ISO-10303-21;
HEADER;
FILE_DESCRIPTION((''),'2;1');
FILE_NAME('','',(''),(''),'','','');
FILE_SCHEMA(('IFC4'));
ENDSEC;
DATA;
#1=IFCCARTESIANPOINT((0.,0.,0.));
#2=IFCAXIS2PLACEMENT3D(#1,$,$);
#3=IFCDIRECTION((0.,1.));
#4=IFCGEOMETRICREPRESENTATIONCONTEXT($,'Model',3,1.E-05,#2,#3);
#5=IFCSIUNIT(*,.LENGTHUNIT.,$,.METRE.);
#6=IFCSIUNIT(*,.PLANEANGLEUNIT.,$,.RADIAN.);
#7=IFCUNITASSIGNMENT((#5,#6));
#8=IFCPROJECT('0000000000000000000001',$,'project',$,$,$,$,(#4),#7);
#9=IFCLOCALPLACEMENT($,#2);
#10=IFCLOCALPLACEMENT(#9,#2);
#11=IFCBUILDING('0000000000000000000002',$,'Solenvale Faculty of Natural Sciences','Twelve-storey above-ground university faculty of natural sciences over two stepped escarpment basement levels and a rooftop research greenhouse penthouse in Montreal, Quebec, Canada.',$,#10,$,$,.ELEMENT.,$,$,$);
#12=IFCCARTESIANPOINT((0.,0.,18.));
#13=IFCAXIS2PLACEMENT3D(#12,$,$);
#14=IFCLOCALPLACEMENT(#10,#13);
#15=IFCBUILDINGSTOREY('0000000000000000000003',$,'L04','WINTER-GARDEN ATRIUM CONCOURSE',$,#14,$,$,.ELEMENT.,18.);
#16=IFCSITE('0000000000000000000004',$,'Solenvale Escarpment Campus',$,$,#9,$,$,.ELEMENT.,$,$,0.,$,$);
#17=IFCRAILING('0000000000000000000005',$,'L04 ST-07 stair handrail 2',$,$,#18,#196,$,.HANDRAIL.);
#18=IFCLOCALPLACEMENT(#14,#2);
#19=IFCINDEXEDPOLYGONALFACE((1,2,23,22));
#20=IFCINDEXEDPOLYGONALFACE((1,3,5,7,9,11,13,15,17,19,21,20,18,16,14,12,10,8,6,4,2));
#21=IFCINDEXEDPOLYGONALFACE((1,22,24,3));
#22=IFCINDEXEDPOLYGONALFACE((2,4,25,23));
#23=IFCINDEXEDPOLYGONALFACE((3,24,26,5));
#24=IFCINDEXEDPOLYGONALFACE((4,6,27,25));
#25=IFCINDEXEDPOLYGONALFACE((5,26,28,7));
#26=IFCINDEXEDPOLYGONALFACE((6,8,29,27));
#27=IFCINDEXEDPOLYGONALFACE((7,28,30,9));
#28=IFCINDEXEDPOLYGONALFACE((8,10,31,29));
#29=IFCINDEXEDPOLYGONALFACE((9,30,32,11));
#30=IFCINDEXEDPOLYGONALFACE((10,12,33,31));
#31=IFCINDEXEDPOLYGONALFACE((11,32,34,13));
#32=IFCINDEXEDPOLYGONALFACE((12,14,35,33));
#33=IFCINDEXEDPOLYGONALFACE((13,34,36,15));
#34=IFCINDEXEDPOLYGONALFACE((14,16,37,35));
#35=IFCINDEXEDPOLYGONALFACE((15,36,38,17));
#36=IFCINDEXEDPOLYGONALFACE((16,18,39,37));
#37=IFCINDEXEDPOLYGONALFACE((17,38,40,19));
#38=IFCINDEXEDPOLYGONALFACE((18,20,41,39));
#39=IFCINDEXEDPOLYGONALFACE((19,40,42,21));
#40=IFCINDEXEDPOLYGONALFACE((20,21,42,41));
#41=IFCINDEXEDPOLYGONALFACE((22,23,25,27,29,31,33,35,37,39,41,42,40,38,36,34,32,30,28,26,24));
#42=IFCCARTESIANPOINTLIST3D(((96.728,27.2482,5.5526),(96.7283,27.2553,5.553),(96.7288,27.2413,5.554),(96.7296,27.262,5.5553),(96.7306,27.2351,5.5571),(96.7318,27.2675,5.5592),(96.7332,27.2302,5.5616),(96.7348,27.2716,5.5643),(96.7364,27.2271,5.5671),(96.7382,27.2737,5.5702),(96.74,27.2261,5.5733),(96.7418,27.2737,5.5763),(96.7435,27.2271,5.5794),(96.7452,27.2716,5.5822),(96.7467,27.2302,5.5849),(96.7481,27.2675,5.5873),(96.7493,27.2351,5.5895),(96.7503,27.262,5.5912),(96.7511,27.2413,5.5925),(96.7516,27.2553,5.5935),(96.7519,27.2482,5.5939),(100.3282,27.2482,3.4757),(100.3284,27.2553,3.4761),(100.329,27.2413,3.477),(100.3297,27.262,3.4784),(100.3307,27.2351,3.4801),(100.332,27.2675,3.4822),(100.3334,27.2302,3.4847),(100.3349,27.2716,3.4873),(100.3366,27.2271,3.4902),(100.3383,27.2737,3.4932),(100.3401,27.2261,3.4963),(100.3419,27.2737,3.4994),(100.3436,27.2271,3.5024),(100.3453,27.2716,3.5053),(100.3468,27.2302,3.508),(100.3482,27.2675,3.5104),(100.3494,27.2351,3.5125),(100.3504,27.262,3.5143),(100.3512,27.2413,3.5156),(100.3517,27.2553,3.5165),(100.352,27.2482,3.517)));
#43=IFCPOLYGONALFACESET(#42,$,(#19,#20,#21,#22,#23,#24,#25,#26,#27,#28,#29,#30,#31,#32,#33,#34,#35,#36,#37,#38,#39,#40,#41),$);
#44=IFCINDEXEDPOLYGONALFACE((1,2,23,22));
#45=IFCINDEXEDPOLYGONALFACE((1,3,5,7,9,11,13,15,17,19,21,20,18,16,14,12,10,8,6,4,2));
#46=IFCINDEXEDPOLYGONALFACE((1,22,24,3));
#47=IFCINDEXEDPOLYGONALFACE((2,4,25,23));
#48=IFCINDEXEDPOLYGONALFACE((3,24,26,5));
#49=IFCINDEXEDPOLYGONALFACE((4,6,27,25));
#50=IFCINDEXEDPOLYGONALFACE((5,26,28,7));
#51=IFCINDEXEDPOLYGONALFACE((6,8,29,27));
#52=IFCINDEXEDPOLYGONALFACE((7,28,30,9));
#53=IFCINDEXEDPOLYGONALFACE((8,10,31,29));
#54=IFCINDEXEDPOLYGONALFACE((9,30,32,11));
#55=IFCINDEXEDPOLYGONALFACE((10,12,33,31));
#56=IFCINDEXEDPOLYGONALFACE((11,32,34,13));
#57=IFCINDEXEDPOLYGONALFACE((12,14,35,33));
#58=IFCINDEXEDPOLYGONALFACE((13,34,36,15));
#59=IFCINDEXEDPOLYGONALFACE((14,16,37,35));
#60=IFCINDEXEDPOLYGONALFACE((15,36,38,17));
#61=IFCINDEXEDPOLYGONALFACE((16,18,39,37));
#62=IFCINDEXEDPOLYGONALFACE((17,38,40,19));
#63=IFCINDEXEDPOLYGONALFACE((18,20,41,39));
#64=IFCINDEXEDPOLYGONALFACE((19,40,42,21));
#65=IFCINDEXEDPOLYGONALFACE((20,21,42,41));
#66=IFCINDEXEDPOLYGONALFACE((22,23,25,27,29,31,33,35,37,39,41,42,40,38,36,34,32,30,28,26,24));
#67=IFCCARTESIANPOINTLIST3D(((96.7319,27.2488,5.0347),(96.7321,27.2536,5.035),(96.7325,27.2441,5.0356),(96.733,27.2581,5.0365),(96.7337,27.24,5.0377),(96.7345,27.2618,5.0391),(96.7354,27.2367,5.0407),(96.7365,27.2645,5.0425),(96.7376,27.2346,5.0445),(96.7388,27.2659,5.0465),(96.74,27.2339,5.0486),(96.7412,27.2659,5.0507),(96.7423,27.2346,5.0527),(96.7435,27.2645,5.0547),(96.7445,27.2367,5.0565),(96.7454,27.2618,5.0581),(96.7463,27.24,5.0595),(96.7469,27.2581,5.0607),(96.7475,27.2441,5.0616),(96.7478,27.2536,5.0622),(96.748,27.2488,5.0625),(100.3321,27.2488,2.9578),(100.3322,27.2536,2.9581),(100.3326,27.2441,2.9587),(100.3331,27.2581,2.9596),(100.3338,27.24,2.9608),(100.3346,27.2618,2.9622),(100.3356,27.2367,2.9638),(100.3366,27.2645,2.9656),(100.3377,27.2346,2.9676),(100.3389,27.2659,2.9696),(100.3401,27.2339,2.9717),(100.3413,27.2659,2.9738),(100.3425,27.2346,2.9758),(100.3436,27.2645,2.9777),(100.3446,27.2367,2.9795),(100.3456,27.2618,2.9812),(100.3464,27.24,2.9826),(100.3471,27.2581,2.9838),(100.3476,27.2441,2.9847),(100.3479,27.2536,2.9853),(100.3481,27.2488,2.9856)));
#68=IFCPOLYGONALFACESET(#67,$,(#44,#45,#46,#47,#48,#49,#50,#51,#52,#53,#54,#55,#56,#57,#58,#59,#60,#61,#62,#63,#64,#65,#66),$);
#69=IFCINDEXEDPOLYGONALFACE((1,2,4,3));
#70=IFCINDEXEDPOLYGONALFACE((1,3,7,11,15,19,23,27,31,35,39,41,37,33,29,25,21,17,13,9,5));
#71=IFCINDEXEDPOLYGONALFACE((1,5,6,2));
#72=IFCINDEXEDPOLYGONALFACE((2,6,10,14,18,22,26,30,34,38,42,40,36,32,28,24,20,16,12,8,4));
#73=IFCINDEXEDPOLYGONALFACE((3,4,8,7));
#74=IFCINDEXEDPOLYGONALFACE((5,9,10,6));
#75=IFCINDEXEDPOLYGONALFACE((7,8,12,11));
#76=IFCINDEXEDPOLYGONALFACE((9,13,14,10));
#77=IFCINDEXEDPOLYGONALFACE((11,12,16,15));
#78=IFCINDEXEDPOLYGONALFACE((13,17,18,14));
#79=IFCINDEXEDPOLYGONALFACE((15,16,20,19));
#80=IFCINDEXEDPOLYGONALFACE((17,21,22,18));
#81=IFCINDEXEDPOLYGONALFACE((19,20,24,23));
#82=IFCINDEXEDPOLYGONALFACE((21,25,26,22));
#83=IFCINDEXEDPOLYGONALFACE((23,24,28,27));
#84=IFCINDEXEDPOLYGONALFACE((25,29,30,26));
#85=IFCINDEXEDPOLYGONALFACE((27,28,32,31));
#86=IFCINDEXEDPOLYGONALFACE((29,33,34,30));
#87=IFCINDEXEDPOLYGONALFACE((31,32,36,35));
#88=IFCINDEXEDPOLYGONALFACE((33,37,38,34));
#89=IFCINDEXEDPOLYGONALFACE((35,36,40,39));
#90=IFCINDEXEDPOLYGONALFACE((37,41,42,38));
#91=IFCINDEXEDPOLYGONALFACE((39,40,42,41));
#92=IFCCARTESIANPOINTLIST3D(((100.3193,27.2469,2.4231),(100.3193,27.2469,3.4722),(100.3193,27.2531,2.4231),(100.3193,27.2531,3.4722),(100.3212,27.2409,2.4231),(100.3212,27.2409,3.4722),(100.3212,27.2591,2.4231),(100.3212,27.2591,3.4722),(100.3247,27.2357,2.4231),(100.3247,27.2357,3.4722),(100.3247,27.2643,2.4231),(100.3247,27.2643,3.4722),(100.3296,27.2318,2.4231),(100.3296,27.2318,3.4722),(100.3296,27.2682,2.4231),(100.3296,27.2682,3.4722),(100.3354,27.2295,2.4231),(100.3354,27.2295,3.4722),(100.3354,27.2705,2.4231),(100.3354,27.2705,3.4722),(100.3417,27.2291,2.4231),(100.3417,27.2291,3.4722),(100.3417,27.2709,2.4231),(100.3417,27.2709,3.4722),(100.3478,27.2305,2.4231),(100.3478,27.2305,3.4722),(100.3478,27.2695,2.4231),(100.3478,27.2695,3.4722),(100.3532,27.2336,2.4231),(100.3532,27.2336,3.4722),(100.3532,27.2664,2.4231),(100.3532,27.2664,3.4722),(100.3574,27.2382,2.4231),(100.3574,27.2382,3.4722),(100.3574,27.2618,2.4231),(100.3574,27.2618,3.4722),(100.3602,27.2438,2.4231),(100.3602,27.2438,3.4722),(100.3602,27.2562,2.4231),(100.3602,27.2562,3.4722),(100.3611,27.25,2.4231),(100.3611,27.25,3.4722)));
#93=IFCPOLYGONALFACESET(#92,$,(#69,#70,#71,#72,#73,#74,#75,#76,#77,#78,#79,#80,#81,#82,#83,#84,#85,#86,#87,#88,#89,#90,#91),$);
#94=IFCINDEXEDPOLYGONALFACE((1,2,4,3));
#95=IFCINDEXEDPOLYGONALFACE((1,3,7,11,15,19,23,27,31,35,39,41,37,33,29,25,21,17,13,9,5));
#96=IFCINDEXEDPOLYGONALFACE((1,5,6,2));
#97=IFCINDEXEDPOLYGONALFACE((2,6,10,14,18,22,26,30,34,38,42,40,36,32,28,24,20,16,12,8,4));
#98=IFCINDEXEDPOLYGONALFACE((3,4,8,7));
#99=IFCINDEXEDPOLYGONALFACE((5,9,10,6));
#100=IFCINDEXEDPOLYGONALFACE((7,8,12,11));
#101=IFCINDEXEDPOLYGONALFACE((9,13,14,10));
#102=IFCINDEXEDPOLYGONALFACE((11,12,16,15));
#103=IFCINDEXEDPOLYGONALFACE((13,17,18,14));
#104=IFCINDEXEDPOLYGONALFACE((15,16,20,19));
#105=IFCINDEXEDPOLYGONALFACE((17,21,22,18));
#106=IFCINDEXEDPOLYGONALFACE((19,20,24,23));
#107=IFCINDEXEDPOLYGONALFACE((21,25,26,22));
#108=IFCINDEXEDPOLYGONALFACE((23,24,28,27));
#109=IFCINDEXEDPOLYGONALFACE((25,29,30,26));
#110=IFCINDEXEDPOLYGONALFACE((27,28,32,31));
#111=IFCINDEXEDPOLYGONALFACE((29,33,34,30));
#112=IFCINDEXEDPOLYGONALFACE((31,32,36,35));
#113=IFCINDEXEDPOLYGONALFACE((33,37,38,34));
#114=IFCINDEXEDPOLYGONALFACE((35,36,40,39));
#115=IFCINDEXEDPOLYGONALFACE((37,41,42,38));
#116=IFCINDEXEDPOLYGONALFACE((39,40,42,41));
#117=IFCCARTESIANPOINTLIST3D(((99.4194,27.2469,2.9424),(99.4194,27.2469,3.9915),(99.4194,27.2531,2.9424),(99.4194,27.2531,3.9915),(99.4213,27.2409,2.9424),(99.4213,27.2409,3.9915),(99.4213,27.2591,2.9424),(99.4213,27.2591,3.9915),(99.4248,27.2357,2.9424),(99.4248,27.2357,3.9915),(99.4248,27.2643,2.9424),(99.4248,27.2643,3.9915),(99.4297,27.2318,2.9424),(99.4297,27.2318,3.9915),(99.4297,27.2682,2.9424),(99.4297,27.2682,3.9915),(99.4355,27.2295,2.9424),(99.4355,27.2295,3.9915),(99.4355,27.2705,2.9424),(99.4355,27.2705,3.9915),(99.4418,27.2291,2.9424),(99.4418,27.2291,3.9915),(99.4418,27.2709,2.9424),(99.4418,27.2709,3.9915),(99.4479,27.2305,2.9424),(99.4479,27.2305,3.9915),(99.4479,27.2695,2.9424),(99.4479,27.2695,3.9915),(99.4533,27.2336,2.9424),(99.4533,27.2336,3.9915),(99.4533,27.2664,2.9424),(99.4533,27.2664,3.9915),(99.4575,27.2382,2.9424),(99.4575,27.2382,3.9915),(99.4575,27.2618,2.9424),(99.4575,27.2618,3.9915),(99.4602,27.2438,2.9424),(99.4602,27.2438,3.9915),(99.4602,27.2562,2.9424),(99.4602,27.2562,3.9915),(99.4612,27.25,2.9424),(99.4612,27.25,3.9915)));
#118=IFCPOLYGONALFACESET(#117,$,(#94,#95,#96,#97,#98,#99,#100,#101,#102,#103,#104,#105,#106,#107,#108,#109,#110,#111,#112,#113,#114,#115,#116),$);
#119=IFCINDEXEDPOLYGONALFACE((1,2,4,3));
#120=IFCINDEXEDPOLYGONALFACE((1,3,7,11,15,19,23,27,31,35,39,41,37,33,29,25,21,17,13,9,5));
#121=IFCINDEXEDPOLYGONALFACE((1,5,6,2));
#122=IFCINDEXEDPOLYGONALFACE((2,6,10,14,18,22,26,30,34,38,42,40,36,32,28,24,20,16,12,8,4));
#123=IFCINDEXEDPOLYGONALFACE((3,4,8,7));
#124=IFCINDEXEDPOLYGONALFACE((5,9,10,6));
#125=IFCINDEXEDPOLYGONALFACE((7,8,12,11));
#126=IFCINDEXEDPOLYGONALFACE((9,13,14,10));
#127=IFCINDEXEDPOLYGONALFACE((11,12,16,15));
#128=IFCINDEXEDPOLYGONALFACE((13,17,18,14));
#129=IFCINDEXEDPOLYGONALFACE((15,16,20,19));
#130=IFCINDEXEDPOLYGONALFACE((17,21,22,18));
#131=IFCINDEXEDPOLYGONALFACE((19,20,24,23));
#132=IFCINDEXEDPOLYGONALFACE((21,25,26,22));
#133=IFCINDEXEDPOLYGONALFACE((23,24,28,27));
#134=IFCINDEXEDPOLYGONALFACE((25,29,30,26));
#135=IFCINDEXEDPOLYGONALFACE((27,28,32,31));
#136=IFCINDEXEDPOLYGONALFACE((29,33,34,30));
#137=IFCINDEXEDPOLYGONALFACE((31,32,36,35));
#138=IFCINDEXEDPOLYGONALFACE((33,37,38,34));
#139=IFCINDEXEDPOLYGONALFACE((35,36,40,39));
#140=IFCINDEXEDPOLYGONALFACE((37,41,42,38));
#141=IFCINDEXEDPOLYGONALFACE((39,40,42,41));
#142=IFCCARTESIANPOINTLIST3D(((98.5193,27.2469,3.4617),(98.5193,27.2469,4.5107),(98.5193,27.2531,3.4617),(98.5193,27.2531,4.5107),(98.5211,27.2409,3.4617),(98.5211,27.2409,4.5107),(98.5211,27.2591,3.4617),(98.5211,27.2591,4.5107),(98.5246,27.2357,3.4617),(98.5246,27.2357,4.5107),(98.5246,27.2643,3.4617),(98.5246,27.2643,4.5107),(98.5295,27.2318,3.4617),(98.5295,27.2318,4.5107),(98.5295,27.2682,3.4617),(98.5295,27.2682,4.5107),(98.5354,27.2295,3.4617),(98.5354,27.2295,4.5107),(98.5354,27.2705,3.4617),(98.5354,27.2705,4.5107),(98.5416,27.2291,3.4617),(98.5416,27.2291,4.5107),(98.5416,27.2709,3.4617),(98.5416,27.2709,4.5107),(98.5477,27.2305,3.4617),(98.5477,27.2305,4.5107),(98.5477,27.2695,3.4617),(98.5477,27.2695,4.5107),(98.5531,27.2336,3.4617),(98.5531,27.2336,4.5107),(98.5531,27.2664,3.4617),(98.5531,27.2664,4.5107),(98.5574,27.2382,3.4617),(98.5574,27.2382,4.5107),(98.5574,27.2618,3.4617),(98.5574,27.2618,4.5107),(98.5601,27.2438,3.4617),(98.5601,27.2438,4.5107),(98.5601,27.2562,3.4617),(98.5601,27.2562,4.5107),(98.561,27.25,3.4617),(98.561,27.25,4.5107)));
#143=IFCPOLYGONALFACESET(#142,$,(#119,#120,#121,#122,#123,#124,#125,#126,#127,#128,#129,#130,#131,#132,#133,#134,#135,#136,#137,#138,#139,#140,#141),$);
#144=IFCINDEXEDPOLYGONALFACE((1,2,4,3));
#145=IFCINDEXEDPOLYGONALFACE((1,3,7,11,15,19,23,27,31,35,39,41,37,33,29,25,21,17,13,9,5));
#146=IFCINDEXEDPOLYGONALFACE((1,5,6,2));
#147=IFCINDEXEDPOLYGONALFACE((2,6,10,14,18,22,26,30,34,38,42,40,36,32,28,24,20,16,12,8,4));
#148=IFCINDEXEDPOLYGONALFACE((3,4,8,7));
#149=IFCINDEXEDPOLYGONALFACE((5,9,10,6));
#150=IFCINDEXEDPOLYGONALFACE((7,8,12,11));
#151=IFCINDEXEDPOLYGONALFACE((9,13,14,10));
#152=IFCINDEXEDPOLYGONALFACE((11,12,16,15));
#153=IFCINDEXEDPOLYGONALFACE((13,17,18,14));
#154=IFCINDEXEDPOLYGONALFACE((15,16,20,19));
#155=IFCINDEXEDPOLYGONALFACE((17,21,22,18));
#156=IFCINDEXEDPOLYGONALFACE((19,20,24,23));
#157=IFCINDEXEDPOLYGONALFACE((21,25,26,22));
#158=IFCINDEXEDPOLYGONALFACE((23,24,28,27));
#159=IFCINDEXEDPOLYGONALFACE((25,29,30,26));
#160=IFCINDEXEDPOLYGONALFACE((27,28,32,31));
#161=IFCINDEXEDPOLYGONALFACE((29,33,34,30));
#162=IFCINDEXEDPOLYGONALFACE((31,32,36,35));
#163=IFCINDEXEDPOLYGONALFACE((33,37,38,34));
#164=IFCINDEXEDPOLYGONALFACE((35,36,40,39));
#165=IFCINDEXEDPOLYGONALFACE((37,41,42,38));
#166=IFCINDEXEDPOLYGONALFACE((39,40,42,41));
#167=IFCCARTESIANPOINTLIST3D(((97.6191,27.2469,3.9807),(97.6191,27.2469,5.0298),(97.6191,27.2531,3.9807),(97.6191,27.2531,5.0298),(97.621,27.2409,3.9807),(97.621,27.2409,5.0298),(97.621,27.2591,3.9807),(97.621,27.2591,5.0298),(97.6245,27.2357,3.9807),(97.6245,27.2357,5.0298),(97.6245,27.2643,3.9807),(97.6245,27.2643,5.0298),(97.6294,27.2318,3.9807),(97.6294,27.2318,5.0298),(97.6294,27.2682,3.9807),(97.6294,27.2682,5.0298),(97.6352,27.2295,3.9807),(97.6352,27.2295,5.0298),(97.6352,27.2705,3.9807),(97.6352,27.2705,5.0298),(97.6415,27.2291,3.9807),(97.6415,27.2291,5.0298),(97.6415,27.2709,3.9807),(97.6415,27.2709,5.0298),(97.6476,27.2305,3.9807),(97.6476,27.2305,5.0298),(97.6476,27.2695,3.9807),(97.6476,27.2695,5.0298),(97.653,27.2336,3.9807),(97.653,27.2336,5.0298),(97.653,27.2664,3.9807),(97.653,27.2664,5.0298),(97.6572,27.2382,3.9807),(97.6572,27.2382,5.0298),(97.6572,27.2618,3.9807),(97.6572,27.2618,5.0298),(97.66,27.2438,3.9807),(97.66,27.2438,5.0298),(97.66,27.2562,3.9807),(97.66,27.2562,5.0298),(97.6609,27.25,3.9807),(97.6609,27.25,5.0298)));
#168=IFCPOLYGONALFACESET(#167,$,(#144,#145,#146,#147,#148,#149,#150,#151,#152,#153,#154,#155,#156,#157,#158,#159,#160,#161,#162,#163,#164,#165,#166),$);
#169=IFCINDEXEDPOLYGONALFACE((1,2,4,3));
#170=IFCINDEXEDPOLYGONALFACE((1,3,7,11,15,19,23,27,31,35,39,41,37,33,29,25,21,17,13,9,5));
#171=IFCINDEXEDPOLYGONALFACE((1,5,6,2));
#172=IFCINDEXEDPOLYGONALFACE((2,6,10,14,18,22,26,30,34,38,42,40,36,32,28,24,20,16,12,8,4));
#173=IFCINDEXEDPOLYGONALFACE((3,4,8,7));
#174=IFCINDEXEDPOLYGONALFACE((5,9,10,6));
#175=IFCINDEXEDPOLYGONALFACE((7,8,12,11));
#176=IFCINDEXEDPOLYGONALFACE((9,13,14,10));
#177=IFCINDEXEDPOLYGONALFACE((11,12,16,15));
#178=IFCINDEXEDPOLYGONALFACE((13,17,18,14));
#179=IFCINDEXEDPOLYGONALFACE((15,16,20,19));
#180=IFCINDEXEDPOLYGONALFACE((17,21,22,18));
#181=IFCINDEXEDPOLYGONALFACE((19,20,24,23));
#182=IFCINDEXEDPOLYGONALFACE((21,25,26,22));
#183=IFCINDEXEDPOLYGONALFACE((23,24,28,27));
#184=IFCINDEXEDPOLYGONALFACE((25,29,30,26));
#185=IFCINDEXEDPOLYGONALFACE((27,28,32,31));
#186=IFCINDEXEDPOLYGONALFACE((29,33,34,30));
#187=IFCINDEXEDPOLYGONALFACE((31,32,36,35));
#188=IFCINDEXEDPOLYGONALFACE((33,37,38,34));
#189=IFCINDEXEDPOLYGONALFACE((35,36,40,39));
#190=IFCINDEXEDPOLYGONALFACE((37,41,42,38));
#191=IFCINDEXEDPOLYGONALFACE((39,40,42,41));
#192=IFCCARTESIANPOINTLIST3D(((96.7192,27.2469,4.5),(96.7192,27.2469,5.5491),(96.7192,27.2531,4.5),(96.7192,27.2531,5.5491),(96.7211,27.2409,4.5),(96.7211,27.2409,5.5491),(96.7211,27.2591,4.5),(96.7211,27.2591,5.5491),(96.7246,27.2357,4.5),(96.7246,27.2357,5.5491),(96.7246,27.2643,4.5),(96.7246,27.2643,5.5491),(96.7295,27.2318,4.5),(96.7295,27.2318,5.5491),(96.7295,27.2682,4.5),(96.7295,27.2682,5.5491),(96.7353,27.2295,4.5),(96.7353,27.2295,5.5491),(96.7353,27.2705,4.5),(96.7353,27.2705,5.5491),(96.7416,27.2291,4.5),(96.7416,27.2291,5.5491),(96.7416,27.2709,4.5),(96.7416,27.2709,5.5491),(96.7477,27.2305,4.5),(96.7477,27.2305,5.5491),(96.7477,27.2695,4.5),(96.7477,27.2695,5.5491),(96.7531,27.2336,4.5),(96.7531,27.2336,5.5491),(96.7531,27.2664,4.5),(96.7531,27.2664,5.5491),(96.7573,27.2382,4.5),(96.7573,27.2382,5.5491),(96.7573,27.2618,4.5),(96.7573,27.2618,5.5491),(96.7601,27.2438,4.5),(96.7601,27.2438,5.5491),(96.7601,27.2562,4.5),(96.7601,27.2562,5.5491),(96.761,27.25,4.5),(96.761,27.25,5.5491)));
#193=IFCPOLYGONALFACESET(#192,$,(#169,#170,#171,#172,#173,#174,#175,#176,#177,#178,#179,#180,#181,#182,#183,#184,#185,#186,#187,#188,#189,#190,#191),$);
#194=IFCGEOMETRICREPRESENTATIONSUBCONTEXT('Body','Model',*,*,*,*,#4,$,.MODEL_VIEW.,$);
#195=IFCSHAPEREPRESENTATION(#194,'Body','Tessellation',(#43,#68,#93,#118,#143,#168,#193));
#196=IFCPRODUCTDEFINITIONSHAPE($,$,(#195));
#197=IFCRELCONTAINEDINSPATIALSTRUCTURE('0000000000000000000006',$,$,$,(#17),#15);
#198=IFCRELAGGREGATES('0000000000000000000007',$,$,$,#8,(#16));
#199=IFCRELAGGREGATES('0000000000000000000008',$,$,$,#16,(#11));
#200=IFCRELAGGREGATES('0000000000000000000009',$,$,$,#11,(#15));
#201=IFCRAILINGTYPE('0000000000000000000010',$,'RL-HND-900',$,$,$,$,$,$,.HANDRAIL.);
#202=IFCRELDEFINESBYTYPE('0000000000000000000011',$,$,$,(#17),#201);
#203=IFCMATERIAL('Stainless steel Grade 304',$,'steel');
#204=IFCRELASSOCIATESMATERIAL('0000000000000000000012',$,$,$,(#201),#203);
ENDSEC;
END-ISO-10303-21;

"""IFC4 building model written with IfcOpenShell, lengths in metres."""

from ifc_helpers import new_model, si_unit, direction, frame, origin, origin_2d, place, context, subcontext, project, spatial, circle, extrude, material, type_object, element, save


model = new_model("IFC4")

# Units and contexts
model_context = context("Model", 3, precision=1e-05, world=origin(), true_north=direction((0.0, 1.0)))
body_context = subcontext(model_context, "Body", "Model", "MODEL_VIEW")
ifc_project = project(units=[si_unit("LENGTHUNIT", "METRE"), si_unit("PLANEANGLEUNIT", "RADIAN")], contexts=[model_context])

# Site, building, storey
site_placement = place(None, origin())
site = spatial("IfcSite", under=ifc_project, at=site_placement, Name="Solenvale Escarpment Campus", CompositionType="ELEMENT", RefElevation=0.0)
building_placement = place(site_placement, origin())
building = spatial("IfcBuilding", under=site, at=building_placement, Name="Solenvale Faculty of Natural Sciences", Description="Twelve-storey above-ground university faculty of natural sciences over two stepped escarpment basement levels and a rooftop research greenhouse penthouse in Montreal, Quebec, Canada.", CompositionType="ELEMENT")
storey_placement = place(building_placement, frame((0.0, 0.0, 18.0)))
storey = spatial("IfcBuildingStorey", under=building, at=storey_placement, Name="L04", Description="WINTER-GARDEN ATRIUM CONCOURSE", CompositionType="ELEMENT", Elevation=18.0)

# Railing
ifc_material_1 = material(Name="Stainless steel Grade 304", Category="steel")
railing_type_1 = type_object("IfcRailingType", Name="RL-HND-900", PredefinedType="HANDRAIL", material=ifc_material_1)
railing_1_placement = place(storey_placement, frame((100.3401, 27.25, 2.4231)))
element("IfcRailing", 1, at=railing_1_placement, inside=storey, type_object=railing_type_1, Name="L04 ST-07 stair handrail 2", PredefinedType="HANDRAIL", context=body_context, shape_type="SweptSolid", body=[
    extrude(circle(Radius=0.0239, at=origin_2d()), frame((0.0, 0.0, 1.0732), z_axis=(-0.866193, 0.0, 0.499709), x_axis=(0.0, -1.0, 0.0)), (0.0, 0.0, 1.0), 4.1562),
    extrude(circle(Radius=0.0161, at=origin_2d()), frame((0.0, 0.0, 0.5486), z_axis=(-0.866193, 0.0, 0.499709), x_axis=(0.0, -1.0, 0.0)), (0.0, 0.0, 1.0), 4.1562),
    extrude(circle(Radius=0.021, at=origin_2d()), origin(), (0.0, 0.0, 1.0), 1.0491),
    extrude(circle(Radius=0.021, at=origin_2d()), frame((-0.8999, 0.0, 0.5193)), (0.0, 0.0, 1.0), 1.0491),
    extrude(circle(Radius=0.021, at=origin_2d()), frame((-1.8, 0.0, 1.0386)), (0.0, 0.0, 1.0), 1.0491),
    extrude(circle(Radius=0.021, at=origin_2d()), frame((-2.7002, 0.0, 1.5576)), (0.0, 0.0, 1.0), 1.0491),
    extrude(circle(Radius=0.021, at=origin_2d()), frame((-3.6001, 0.0, 2.0769)), (0.0, 0.0, 1.0), 1.0491),
])

save(model, "model.ifc")
